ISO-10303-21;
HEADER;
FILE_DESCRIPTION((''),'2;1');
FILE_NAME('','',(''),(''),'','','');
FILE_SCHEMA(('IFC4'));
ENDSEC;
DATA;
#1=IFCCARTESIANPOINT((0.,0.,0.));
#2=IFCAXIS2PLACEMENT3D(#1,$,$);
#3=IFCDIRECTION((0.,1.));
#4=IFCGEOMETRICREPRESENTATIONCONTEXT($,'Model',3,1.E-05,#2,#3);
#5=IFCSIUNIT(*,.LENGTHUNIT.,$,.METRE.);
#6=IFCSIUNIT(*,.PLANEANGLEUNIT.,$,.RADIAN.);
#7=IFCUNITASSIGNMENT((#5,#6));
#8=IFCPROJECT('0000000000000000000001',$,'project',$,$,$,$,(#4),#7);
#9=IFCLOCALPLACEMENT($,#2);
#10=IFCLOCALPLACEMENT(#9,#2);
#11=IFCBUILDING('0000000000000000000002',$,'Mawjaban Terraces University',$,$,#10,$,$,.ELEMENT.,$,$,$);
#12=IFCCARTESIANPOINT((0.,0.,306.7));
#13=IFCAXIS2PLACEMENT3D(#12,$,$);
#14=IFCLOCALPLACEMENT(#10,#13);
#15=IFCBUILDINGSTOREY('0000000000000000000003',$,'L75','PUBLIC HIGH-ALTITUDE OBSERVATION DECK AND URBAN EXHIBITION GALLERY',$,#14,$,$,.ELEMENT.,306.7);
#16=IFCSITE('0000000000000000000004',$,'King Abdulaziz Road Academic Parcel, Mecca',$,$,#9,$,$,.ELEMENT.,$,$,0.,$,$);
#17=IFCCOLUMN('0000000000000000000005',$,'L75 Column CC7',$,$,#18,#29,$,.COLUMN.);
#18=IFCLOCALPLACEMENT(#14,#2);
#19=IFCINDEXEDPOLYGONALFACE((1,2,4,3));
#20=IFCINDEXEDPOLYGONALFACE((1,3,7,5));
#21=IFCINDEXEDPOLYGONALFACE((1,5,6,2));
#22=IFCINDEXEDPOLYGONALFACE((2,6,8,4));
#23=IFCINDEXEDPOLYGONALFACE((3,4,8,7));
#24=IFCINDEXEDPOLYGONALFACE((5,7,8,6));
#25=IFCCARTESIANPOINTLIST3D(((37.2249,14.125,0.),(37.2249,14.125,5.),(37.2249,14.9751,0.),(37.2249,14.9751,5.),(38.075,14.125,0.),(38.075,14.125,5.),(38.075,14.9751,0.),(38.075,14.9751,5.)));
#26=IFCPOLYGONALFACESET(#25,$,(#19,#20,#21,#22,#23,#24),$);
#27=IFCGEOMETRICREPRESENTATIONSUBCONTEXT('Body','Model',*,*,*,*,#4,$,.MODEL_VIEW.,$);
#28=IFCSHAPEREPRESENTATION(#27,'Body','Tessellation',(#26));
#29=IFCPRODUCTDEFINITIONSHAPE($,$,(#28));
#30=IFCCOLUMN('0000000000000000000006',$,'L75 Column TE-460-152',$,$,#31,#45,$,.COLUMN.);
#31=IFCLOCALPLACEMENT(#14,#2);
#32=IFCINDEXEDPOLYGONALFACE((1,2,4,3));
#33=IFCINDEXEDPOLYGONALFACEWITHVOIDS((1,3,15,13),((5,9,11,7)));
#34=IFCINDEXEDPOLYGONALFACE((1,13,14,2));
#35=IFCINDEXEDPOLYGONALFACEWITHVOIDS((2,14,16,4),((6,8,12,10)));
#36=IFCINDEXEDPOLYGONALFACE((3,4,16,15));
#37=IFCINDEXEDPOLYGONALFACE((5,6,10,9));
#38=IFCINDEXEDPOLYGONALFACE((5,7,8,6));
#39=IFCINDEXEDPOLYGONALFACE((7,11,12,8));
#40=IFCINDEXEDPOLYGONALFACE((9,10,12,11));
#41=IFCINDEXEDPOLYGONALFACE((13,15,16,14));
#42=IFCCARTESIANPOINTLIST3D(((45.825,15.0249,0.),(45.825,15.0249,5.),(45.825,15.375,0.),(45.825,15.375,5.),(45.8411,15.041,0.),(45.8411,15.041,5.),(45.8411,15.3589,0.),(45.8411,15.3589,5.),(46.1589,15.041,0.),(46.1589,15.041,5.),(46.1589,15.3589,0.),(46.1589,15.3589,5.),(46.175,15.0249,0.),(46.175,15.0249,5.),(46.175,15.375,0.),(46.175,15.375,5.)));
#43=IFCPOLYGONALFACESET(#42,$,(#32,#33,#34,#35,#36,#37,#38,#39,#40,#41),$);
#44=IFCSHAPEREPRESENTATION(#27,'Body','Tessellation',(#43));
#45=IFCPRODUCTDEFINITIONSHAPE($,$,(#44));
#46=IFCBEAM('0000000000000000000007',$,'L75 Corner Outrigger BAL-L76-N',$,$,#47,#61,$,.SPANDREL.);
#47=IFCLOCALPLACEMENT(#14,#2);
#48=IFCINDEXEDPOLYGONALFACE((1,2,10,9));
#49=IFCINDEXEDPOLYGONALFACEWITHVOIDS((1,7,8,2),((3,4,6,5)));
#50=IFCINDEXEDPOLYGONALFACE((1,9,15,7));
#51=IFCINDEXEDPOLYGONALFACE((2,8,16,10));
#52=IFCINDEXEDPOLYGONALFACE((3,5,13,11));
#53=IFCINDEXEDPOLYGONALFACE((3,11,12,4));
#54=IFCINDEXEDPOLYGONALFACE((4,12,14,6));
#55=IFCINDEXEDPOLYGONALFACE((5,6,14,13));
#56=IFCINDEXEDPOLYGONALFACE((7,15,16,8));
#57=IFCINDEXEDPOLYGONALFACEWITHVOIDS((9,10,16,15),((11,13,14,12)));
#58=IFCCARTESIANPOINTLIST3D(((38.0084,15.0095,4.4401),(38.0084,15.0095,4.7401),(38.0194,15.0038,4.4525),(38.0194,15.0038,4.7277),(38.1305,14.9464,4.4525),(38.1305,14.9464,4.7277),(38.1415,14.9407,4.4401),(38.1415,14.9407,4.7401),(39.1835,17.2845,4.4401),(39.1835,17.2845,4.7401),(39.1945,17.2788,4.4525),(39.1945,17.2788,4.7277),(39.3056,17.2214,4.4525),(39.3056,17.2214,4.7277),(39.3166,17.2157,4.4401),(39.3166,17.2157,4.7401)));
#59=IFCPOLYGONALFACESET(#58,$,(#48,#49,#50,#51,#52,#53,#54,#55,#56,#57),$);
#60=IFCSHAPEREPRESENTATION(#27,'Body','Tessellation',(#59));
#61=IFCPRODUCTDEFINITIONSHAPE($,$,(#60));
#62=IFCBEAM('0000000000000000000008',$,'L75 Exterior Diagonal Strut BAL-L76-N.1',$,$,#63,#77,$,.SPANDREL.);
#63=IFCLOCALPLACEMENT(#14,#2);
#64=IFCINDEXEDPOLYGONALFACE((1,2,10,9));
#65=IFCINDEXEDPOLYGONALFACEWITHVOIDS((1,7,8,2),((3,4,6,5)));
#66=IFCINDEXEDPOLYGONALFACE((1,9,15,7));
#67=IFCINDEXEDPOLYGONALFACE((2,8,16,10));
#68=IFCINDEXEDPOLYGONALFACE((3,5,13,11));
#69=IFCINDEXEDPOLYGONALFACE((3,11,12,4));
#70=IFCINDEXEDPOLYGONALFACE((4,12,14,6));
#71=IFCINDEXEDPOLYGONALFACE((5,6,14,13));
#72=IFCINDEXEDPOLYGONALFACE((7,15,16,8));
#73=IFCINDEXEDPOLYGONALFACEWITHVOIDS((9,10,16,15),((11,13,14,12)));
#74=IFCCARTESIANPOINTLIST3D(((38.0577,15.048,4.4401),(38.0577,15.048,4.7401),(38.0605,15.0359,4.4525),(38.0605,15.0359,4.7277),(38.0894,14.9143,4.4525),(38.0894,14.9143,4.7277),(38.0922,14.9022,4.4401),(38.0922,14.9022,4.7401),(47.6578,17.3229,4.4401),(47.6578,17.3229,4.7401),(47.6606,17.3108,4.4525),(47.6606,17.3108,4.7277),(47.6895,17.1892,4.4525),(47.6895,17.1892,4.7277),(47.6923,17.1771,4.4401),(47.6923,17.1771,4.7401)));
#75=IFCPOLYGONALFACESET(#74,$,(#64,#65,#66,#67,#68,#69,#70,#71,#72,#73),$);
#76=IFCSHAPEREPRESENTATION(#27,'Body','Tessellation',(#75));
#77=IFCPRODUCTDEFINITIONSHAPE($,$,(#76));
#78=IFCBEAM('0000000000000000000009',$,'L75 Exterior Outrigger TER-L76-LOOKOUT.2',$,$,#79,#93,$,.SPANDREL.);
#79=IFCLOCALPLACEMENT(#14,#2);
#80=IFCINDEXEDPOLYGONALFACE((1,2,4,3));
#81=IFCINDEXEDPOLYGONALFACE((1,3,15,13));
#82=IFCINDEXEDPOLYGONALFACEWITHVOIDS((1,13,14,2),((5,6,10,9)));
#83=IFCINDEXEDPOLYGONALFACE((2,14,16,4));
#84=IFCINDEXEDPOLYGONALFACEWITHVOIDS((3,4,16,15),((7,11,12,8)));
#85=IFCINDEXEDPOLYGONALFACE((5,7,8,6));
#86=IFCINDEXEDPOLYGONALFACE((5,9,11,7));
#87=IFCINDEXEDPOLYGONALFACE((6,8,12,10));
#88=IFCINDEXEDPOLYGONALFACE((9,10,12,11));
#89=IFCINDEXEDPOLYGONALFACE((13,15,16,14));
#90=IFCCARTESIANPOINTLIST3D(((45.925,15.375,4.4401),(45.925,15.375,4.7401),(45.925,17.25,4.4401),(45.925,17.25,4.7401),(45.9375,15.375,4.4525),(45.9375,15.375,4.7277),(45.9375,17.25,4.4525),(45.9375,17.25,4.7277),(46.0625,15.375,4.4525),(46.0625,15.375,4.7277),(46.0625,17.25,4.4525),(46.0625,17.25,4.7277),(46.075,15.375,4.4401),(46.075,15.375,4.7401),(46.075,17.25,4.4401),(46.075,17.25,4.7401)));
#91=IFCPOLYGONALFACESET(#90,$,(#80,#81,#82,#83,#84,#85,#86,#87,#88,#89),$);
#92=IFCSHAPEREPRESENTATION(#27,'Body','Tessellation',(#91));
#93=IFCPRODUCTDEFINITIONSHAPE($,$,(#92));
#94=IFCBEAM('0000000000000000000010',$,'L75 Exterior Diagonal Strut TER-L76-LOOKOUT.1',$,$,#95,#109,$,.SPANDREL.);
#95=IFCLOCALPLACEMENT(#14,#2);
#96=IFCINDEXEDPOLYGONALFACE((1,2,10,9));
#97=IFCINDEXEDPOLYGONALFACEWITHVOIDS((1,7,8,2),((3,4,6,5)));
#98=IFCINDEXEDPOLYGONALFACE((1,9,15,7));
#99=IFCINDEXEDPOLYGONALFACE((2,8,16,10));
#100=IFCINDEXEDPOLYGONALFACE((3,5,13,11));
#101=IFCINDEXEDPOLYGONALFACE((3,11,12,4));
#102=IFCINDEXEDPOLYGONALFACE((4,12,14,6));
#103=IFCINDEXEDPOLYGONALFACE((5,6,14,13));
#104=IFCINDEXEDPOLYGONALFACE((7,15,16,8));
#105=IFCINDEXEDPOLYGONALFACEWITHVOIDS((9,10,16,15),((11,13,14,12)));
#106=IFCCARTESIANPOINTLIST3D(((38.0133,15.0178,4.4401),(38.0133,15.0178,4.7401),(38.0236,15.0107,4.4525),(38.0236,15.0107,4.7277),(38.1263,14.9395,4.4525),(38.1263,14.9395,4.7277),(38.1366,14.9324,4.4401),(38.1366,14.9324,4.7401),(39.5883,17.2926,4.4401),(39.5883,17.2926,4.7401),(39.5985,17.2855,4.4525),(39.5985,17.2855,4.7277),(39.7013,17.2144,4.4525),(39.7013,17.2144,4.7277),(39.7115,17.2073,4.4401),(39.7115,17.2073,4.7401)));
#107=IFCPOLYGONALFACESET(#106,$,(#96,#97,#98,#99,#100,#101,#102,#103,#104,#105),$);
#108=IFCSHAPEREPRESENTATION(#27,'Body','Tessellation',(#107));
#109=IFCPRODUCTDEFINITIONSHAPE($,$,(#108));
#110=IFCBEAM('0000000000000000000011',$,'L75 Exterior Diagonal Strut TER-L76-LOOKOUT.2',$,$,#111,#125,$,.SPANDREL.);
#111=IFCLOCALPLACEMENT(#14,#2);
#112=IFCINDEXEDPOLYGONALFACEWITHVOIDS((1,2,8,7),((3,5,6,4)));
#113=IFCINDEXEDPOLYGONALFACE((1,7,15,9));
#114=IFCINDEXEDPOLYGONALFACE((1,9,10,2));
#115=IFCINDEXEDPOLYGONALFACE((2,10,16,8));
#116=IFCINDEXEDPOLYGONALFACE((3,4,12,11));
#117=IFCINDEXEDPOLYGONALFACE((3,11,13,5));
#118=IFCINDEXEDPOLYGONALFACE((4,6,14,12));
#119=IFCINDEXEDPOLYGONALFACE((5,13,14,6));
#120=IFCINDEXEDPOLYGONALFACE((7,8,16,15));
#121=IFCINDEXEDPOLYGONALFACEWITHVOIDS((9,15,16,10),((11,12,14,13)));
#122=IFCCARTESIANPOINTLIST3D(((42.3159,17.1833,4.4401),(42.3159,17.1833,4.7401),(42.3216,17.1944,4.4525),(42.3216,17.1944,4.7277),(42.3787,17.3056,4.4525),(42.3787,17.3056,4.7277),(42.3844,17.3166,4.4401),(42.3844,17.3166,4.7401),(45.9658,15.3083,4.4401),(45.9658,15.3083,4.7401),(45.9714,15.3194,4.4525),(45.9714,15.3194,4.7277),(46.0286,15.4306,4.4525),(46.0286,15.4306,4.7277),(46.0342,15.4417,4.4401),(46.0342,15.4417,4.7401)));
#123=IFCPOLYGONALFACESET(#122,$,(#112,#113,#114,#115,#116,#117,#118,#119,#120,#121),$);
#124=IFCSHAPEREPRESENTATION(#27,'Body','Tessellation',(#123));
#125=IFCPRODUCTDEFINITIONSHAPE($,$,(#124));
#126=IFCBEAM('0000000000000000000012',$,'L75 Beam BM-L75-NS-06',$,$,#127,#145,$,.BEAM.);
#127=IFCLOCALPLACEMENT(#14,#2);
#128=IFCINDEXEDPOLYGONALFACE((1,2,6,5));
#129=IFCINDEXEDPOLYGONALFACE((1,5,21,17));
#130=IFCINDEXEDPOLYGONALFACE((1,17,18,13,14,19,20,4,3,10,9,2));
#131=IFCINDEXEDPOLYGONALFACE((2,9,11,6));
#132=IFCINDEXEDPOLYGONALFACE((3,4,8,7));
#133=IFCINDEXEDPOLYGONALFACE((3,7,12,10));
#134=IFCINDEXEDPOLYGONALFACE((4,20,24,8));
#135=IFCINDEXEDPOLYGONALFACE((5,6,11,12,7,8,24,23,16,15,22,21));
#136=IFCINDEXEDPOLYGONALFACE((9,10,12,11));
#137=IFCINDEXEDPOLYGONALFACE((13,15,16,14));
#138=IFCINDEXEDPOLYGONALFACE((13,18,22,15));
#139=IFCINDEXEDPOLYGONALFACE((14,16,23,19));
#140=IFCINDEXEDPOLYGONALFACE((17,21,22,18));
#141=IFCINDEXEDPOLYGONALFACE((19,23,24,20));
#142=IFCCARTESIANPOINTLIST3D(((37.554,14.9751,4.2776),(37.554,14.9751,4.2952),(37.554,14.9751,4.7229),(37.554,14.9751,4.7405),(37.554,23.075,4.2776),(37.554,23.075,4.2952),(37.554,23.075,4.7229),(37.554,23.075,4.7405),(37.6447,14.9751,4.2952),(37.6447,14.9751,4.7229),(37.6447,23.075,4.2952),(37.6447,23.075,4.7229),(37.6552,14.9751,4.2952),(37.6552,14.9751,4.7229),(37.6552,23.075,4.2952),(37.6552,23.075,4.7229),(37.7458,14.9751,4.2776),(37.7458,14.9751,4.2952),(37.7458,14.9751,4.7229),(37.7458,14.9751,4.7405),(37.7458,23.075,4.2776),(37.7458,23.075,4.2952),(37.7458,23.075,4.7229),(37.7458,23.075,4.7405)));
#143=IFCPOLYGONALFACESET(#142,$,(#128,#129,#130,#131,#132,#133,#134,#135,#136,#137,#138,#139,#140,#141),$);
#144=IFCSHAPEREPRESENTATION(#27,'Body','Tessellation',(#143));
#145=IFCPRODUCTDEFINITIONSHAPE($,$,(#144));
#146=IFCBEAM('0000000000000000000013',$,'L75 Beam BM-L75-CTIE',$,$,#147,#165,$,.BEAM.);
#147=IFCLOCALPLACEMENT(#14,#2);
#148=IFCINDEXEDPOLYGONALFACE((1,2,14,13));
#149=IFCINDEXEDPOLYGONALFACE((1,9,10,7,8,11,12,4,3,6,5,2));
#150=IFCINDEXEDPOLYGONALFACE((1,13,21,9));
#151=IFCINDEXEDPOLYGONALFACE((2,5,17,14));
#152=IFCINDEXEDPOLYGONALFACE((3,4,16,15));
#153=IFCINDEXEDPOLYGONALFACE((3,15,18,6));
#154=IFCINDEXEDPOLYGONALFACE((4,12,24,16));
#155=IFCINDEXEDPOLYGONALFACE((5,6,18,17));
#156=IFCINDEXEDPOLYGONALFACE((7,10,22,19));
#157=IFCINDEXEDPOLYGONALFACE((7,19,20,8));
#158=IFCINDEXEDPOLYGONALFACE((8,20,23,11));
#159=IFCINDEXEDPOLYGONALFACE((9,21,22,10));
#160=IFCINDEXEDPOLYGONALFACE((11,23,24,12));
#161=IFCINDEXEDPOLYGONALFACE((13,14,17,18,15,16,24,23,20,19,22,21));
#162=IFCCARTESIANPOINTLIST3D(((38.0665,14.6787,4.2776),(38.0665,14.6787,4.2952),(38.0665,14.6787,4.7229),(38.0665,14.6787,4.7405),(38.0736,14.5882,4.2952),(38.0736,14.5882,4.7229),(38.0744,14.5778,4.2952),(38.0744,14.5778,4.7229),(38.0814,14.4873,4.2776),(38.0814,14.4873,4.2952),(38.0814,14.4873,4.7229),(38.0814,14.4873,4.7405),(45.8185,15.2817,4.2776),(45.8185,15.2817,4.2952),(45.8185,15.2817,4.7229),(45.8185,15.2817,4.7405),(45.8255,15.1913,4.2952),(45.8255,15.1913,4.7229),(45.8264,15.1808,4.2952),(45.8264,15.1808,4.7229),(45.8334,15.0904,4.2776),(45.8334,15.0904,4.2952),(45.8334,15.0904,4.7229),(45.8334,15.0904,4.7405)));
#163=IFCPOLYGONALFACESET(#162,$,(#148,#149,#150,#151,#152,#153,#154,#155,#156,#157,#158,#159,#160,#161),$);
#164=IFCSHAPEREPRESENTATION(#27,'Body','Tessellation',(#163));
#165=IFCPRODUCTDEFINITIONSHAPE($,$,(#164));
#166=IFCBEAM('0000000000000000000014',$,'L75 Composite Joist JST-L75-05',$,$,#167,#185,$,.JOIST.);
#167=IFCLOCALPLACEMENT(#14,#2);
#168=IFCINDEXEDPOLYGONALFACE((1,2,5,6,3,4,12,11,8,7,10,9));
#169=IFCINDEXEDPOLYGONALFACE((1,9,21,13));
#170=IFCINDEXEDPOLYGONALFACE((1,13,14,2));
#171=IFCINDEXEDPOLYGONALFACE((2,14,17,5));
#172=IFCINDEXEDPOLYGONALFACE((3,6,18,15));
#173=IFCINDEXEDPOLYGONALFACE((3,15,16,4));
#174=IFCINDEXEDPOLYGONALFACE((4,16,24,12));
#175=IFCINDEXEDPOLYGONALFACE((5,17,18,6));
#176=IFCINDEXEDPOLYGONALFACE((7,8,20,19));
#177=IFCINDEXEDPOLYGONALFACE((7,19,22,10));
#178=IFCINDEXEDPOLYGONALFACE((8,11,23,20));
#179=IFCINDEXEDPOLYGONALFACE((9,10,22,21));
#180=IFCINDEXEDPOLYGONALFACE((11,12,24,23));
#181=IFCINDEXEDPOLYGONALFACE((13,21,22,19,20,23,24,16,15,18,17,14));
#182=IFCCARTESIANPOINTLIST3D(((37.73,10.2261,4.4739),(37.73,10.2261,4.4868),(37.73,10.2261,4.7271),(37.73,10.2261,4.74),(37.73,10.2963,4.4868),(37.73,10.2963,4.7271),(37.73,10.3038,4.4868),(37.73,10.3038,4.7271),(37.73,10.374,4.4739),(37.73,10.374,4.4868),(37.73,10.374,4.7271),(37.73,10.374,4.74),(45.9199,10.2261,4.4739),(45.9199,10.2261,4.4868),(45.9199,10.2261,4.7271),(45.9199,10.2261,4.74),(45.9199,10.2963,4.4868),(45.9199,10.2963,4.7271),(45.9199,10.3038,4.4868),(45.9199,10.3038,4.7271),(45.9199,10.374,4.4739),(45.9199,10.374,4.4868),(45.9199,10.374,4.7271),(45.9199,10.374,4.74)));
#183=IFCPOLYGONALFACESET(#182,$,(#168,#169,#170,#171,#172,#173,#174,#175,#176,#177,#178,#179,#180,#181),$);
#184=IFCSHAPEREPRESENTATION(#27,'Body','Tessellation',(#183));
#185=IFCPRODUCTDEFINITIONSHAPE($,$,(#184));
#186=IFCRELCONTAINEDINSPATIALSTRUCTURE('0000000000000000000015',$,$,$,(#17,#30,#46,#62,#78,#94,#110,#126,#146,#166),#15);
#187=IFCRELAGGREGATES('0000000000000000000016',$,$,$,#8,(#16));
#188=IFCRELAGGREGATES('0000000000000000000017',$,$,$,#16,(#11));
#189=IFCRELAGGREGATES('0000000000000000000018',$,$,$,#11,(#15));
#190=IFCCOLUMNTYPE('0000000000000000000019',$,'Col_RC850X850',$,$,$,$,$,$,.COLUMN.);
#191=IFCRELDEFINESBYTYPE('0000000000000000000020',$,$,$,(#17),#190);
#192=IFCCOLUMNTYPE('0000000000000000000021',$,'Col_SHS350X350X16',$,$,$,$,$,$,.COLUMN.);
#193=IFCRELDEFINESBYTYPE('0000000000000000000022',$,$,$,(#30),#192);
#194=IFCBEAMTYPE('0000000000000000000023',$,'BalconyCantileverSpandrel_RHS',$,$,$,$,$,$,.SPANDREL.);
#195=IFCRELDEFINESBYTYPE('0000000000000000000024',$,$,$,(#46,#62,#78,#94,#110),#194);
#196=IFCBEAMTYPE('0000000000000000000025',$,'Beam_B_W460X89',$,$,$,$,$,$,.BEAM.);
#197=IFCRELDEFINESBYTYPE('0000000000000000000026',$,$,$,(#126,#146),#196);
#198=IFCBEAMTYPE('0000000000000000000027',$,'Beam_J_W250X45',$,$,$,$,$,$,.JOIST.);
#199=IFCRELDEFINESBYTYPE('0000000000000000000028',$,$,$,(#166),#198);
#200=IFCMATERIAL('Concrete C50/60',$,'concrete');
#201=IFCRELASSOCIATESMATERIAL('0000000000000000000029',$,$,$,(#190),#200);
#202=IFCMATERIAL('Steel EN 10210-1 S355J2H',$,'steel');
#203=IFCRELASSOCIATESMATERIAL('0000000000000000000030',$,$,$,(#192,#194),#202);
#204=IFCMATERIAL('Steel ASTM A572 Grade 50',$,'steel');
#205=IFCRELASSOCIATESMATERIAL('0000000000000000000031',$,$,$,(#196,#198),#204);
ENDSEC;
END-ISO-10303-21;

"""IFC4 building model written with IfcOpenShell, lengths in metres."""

from ifc_helpers import new_model, si_unit, direction, frame, origin, origin_2d, place, context, subcontext, project, spatial, rectangle, hollow_rectangle, i_section, extrude, material, material_profile, profile_set, type_object, element, save


model = new_model("IFC4")

# Units and contexts
model_context = context("Model", 3, precision=1e-05, world=origin(), true_north=direction((0.0, 1.0)))
body_context = subcontext(model_context, "Body", "Model", "MODEL_VIEW")
ifc_project = project(units=[si_unit("LENGTHUNIT", "METRE"), si_unit("PLANEANGLEUNIT", "RADIAN")], contexts=[model_context])

# Site, building, storey
site_placement = place(None, origin())
site = spatial("IfcSite", under=ifc_project, at=site_placement, Name="King Abdulaziz Road Academic Parcel, Mecca", CompositionType="ELEMENT", RefElevation=0.0)
building_placement = place(site_placement, origin())
building = spatial("IfcBuilding", under=site, at=building_placement, Name="Mawjaban Terraces University", CompositionType="ELEMENT")
storey_placement = place(building_placement, frame((0.0, 0.0, 306.7)))
storey = spatial("IfcBuildingStorey", under=building, at=storey_placement, Name="L75", Description="PUBLIC HIGH-ALTITUDE OBSERVATION DECK AND URBAN EXHIBITION GALLERY", CompositionType="ELEMENT", Elevation=306.7)

# Columns
ifc_material_1 = material(Name="Concrete C50/60", Category="concrete")
ifc_material_profile_1 = material_profile(ifc_material_1, rectangle(XDim=0.8501, YDim=0.8501, at=origin_2d()), Name="RC850X850")
ifc_profile_set_1 = profile_set([ifc_material_profile_1], Name="Concrete C50/60")
column_type_1 = type_object("IfcColumnType", Name="Col_RC850X850", PredefinedType="COLUMN", material=ifc_profile_set_1)
column_1_placement = place(storey_placement, frame((37.6499, 14.55, 0.0), z_axis=(0.0, 0.0, 1.0), x_axis=(1.0, 0.0, 0.0)))
element("IfcColumn", 1, at=column_1_placement, inside=storey, type_object=column_type_1, Name="L75 Column CC7", PredefinedType="COLUMN", context=body_context, shape_type="SweptSolid", body=[
    extrude(rectangle(XDim=0.8501, YDim=0.8501, at=origin_2d()), origin(), (0.0, 0.0, 1.0), 5.0),
])
ifc_material_2 = material(Name="Steel EN 10210-1 S355J2H", Category="steel")
ifc_material_profile_2 = material_profile(ifc_material_2, hollow_rectangle(XDim=0.3501, YDim=0.3501, WallThickness=0.0161, at=origin_2d()), Name="SHS350X350X16")
ifc_profile_set_2 = profile_set([ifc_material_profile_2], Name="Steel EN 10210-1 S355J2H")
column_type_2 = type_object("IfcColumnType", Name="Col_SHS350X350X16", PredefinedType="COLUMN", material=ifc_profile_set_2)
column_2_placement = place(storey_placement, frame((46.0, 15.2, 0.0), z_axis=(0.0, 0.0, 1.0), x_axis=(1.0, 0.0, 0.0)))
element("IfcColumn", 2, at=column_2_placement, inside=storey, type_object=column_type_2, Name="L75 Column TE-460-152", PredefinedType="COLUMN", context=body_context, shape_type="SweptSolid", body=[
    extrude(hollow_rectangle(XDim=0.3501, YDim=0.3501, WallThickness=0.0161, at=origin_2d()), origin(), (0.0, 0.0, 1.0), 5.0),
])

# Beams
ifc_material_profile_3 = material_profile(ifc_material_2, hollow_rectangle(XDim=0.1499, YDim=0.3, WallThickness=0.0125, at=origin_2d()), Name="RHS300X150X12.5")
ifc_profile_set_3 = profile_set([ifc_material_profile_3], Name="Steel EN 10210-1 S355J2H")
beam_type_1 = type_object("IfcBeamType", Name="BalconyCantileverSpandrel_RHS", PredefinedType="SPANDREL", material=ifc_profile_set_3)
beam_1_placement = place(storey_placement, frame((38.075, 14.9751, 4.5901), z_axis=(0.458922, 0.888476, 0.0), x_axis=(-0.888476, 0.458922, 0.0)))
element("IfcBeam", 3, at=beam_1_placement, inside=storey, type_object=beam_type_1, Name="L75 Corner Outrigger BAL-L76-N", PredefinedType="SPANDREL", context=body_context, shape_type="SweptSolid", body=[
    extrude(hollow_rectangle(XDim=0.1499, YDim=0.3, WallThickness=0.0125, at=origin_2d()), origin(), (0.0, 0.0, 1.0), 2.5605),
])
beam_2_placement = place(storey_placement, frame((38.075, 14.9751, 4.5901), z_axis=(0.973053, 0.230581, 0.0), x_axis=(-0.230581, 0.973053, 0.0)))
element("IfcBeam", 4, at=beam_2_placement, inside=storey, type_object=beam_type_1, Name="L75 Exterior Diagonal Strut BAL-L76-N.1", PredefinedType="SPANDREL", context=body_context, shape_type="SweptSolid", body=[
    extrude(hollow_rectangle(XDim=0.1499, YDim=0.3, WallThickness=0.0125, at=origin_2d()), origin(), (0.0, 0.0, 1.0), 9.866),
])
beam_3_placement = place(storey_placement, frame((46.0, 15.375, 4.5901), z_axis=(0.0, 1.0, 0.0), x_axis=(-1.0, 0.0, 0.0)))
element("IfcBeam", 5, at=beam_3_placement, inside=storey, type_object=beam_type_1, Name="L75 Exterior Outrigger TER-L76-LOOKOUT.2", PredefinedType="SPANDREL", context=body_context, shape_type="SweptSolid", body=[
    extrude(hollow_rectangle(XDim=0.1499, YDim=0.3, WallThickness=0.0125, at=origin_2d()), origin(), (0.0, 0.0, 1.0), 1.875),
])
beam_4_placement = place(storey_placement, frame((38.075, 14.9751, 4.5901), z_axis=(0.569215, 0.822189, 0.0), x_axis=(-0.822189, 0.569215, 0.0)))
element("IfcBeam", 6, at=beam_4_placement, inside=storey, type_object=beam_type_1, Name="L75 Exterior Diagonal Strut TER-L76-LOOKOUT.1", PredefinedType="SPANDREL", context=body_context, shape_type="SweptSolid", body=[
    extrude(hollow_rectangle(XDim=0.1499, YDim=0.3, WallThickness=0.0125, at=origin_2d()), origin(), (0.0, 0.0, 1.0), 2.7668),
])
beam_5_placement = place(storey_placement, frame((46.0, 15.375, 4.5901), z_axis=(-0.889495, 0.456945, 0.0), x_axis=(-0.456945, -0.889495, 0.0)))
element("IfcBeam", 7, at=beam_5_placement, inside=storey, type_object=beam_type_1, Name="L75 Exterior Diagonal Strut TER-L76-LOOKOUT.2", PredefinedType="SPANDREL", context=body_context, shape_type="SweptSolid", body=[
    extrude(hollow_rectangle(XDim=0.1499, YDim=0.3, WallThickness=0.0125, at=origin_2d()), origin(), (0.0, 0.0, 1.0), 4.1033),
])
ifc_material_3 = material(Name="Steel ASTM A572 Grade 50", Category="steel")
ifc_material_profile_4 = material_profile(ifc_material_3, i_section(OverallWidth=0.1919, OverallDepth=0.4629, WebThickness=0.0105, FlangeThickness=0.0176, at=origin_2d()), Name="W460X89")
ifc_profile_set_4 = profile_set([ifc_material_profile_4], Name="Steel ASTM A572 Grade 50")
beam_type_2 = type_object("IfcBeamType", Name="Beam_B_W460X89", PredefinedType="BEAM", material=ifc_profile_set_4)
beam_6_placement = place(storey_placement, frame((37.6499, 14.9751, 4.509), z_axis=(0.0, 1.0, 0.0), x_axis=(-1.0, 0.0, 0.0)))
element("IfcBeam", 8, at=beam_6_placement, inside=storey, type_object=beam_type_2, Name="L75 Beam BM-L75-NS-06", PredefinedType="BEAM", context=body_context, shape_type="SweptSolid", body=[
    extrude(i_section(OverallWidth=0.1919, OverallDepth=0.4629, WebThickness=0.0105, FlangeThickness=0.0176, at=origin_2d()), origin(), (0.0, 0.0, 1.0), 8.0999),
])
beam_7_placement = place(storey_placement, frame((38.074, 14.583, 4.509), z_axis=(0.996988, 0.077556, 0.0), x_axis=(-0.077556, 0.996988, 0.0)))
element("IfcBeam", 9, at=beam_7_placement, inside=storey, type_object=beam_type_2, Name="L75 Beam BM-L75-CTIE", PredefinedType="BEAM", context=body_context, shape_type="SweptSolid", body=[
    extrude(i_section(OverallWidth=0.1919, OverallDepth=0.4629, WebThickness=0.0105, FlangeThickness=0.0176, at=origin_2d()), origin(), (0.0, 0.0, 1.0), 7.7754),
])
ifc_material_profile_5 = material_profile(ifc_material_3, i_section(OverallWidth=0.1479, OverallDepth=0.2661, WebThickness=0.0076, FlangeThickness=0.0129, at=origin_2d()), Name="W250X45")
ifc_profile_set_5 = profile_set([ifc_material_profile_5], Name="Steel ASTM A572 Grade 50")
beam_type_3 = type_object("IfcBeamType", Name="Beam_J_W250X45", PredefinedType="JOIST", material=ifc_profile_set_5)
beam_8_placement = place(storey_placement, frame((37.73, 10.3, 4.6069), z_axis=(1.0, 0.0, 0.0), x_axis=(0.0, 1.0, 0.0)))
element("IfcBeam", 10, at=beam_8_placement, inside=storey, type_object=beam_type_3, Name="L75 Composite Joist JST-L75-05", PredefinedType="JOIST", context=body_context, shape_type="SweptSolid", body=[
    extrude(i_section(OverallWidth=0.1479, OverallDepth=0.2661, WebThickness=0.0076, FlangeThickness=0.0129, at=origin_2d()), origin(), (0.0, 0.0, 1.0), 8.1899),
])

save(model, "model.ifc")
